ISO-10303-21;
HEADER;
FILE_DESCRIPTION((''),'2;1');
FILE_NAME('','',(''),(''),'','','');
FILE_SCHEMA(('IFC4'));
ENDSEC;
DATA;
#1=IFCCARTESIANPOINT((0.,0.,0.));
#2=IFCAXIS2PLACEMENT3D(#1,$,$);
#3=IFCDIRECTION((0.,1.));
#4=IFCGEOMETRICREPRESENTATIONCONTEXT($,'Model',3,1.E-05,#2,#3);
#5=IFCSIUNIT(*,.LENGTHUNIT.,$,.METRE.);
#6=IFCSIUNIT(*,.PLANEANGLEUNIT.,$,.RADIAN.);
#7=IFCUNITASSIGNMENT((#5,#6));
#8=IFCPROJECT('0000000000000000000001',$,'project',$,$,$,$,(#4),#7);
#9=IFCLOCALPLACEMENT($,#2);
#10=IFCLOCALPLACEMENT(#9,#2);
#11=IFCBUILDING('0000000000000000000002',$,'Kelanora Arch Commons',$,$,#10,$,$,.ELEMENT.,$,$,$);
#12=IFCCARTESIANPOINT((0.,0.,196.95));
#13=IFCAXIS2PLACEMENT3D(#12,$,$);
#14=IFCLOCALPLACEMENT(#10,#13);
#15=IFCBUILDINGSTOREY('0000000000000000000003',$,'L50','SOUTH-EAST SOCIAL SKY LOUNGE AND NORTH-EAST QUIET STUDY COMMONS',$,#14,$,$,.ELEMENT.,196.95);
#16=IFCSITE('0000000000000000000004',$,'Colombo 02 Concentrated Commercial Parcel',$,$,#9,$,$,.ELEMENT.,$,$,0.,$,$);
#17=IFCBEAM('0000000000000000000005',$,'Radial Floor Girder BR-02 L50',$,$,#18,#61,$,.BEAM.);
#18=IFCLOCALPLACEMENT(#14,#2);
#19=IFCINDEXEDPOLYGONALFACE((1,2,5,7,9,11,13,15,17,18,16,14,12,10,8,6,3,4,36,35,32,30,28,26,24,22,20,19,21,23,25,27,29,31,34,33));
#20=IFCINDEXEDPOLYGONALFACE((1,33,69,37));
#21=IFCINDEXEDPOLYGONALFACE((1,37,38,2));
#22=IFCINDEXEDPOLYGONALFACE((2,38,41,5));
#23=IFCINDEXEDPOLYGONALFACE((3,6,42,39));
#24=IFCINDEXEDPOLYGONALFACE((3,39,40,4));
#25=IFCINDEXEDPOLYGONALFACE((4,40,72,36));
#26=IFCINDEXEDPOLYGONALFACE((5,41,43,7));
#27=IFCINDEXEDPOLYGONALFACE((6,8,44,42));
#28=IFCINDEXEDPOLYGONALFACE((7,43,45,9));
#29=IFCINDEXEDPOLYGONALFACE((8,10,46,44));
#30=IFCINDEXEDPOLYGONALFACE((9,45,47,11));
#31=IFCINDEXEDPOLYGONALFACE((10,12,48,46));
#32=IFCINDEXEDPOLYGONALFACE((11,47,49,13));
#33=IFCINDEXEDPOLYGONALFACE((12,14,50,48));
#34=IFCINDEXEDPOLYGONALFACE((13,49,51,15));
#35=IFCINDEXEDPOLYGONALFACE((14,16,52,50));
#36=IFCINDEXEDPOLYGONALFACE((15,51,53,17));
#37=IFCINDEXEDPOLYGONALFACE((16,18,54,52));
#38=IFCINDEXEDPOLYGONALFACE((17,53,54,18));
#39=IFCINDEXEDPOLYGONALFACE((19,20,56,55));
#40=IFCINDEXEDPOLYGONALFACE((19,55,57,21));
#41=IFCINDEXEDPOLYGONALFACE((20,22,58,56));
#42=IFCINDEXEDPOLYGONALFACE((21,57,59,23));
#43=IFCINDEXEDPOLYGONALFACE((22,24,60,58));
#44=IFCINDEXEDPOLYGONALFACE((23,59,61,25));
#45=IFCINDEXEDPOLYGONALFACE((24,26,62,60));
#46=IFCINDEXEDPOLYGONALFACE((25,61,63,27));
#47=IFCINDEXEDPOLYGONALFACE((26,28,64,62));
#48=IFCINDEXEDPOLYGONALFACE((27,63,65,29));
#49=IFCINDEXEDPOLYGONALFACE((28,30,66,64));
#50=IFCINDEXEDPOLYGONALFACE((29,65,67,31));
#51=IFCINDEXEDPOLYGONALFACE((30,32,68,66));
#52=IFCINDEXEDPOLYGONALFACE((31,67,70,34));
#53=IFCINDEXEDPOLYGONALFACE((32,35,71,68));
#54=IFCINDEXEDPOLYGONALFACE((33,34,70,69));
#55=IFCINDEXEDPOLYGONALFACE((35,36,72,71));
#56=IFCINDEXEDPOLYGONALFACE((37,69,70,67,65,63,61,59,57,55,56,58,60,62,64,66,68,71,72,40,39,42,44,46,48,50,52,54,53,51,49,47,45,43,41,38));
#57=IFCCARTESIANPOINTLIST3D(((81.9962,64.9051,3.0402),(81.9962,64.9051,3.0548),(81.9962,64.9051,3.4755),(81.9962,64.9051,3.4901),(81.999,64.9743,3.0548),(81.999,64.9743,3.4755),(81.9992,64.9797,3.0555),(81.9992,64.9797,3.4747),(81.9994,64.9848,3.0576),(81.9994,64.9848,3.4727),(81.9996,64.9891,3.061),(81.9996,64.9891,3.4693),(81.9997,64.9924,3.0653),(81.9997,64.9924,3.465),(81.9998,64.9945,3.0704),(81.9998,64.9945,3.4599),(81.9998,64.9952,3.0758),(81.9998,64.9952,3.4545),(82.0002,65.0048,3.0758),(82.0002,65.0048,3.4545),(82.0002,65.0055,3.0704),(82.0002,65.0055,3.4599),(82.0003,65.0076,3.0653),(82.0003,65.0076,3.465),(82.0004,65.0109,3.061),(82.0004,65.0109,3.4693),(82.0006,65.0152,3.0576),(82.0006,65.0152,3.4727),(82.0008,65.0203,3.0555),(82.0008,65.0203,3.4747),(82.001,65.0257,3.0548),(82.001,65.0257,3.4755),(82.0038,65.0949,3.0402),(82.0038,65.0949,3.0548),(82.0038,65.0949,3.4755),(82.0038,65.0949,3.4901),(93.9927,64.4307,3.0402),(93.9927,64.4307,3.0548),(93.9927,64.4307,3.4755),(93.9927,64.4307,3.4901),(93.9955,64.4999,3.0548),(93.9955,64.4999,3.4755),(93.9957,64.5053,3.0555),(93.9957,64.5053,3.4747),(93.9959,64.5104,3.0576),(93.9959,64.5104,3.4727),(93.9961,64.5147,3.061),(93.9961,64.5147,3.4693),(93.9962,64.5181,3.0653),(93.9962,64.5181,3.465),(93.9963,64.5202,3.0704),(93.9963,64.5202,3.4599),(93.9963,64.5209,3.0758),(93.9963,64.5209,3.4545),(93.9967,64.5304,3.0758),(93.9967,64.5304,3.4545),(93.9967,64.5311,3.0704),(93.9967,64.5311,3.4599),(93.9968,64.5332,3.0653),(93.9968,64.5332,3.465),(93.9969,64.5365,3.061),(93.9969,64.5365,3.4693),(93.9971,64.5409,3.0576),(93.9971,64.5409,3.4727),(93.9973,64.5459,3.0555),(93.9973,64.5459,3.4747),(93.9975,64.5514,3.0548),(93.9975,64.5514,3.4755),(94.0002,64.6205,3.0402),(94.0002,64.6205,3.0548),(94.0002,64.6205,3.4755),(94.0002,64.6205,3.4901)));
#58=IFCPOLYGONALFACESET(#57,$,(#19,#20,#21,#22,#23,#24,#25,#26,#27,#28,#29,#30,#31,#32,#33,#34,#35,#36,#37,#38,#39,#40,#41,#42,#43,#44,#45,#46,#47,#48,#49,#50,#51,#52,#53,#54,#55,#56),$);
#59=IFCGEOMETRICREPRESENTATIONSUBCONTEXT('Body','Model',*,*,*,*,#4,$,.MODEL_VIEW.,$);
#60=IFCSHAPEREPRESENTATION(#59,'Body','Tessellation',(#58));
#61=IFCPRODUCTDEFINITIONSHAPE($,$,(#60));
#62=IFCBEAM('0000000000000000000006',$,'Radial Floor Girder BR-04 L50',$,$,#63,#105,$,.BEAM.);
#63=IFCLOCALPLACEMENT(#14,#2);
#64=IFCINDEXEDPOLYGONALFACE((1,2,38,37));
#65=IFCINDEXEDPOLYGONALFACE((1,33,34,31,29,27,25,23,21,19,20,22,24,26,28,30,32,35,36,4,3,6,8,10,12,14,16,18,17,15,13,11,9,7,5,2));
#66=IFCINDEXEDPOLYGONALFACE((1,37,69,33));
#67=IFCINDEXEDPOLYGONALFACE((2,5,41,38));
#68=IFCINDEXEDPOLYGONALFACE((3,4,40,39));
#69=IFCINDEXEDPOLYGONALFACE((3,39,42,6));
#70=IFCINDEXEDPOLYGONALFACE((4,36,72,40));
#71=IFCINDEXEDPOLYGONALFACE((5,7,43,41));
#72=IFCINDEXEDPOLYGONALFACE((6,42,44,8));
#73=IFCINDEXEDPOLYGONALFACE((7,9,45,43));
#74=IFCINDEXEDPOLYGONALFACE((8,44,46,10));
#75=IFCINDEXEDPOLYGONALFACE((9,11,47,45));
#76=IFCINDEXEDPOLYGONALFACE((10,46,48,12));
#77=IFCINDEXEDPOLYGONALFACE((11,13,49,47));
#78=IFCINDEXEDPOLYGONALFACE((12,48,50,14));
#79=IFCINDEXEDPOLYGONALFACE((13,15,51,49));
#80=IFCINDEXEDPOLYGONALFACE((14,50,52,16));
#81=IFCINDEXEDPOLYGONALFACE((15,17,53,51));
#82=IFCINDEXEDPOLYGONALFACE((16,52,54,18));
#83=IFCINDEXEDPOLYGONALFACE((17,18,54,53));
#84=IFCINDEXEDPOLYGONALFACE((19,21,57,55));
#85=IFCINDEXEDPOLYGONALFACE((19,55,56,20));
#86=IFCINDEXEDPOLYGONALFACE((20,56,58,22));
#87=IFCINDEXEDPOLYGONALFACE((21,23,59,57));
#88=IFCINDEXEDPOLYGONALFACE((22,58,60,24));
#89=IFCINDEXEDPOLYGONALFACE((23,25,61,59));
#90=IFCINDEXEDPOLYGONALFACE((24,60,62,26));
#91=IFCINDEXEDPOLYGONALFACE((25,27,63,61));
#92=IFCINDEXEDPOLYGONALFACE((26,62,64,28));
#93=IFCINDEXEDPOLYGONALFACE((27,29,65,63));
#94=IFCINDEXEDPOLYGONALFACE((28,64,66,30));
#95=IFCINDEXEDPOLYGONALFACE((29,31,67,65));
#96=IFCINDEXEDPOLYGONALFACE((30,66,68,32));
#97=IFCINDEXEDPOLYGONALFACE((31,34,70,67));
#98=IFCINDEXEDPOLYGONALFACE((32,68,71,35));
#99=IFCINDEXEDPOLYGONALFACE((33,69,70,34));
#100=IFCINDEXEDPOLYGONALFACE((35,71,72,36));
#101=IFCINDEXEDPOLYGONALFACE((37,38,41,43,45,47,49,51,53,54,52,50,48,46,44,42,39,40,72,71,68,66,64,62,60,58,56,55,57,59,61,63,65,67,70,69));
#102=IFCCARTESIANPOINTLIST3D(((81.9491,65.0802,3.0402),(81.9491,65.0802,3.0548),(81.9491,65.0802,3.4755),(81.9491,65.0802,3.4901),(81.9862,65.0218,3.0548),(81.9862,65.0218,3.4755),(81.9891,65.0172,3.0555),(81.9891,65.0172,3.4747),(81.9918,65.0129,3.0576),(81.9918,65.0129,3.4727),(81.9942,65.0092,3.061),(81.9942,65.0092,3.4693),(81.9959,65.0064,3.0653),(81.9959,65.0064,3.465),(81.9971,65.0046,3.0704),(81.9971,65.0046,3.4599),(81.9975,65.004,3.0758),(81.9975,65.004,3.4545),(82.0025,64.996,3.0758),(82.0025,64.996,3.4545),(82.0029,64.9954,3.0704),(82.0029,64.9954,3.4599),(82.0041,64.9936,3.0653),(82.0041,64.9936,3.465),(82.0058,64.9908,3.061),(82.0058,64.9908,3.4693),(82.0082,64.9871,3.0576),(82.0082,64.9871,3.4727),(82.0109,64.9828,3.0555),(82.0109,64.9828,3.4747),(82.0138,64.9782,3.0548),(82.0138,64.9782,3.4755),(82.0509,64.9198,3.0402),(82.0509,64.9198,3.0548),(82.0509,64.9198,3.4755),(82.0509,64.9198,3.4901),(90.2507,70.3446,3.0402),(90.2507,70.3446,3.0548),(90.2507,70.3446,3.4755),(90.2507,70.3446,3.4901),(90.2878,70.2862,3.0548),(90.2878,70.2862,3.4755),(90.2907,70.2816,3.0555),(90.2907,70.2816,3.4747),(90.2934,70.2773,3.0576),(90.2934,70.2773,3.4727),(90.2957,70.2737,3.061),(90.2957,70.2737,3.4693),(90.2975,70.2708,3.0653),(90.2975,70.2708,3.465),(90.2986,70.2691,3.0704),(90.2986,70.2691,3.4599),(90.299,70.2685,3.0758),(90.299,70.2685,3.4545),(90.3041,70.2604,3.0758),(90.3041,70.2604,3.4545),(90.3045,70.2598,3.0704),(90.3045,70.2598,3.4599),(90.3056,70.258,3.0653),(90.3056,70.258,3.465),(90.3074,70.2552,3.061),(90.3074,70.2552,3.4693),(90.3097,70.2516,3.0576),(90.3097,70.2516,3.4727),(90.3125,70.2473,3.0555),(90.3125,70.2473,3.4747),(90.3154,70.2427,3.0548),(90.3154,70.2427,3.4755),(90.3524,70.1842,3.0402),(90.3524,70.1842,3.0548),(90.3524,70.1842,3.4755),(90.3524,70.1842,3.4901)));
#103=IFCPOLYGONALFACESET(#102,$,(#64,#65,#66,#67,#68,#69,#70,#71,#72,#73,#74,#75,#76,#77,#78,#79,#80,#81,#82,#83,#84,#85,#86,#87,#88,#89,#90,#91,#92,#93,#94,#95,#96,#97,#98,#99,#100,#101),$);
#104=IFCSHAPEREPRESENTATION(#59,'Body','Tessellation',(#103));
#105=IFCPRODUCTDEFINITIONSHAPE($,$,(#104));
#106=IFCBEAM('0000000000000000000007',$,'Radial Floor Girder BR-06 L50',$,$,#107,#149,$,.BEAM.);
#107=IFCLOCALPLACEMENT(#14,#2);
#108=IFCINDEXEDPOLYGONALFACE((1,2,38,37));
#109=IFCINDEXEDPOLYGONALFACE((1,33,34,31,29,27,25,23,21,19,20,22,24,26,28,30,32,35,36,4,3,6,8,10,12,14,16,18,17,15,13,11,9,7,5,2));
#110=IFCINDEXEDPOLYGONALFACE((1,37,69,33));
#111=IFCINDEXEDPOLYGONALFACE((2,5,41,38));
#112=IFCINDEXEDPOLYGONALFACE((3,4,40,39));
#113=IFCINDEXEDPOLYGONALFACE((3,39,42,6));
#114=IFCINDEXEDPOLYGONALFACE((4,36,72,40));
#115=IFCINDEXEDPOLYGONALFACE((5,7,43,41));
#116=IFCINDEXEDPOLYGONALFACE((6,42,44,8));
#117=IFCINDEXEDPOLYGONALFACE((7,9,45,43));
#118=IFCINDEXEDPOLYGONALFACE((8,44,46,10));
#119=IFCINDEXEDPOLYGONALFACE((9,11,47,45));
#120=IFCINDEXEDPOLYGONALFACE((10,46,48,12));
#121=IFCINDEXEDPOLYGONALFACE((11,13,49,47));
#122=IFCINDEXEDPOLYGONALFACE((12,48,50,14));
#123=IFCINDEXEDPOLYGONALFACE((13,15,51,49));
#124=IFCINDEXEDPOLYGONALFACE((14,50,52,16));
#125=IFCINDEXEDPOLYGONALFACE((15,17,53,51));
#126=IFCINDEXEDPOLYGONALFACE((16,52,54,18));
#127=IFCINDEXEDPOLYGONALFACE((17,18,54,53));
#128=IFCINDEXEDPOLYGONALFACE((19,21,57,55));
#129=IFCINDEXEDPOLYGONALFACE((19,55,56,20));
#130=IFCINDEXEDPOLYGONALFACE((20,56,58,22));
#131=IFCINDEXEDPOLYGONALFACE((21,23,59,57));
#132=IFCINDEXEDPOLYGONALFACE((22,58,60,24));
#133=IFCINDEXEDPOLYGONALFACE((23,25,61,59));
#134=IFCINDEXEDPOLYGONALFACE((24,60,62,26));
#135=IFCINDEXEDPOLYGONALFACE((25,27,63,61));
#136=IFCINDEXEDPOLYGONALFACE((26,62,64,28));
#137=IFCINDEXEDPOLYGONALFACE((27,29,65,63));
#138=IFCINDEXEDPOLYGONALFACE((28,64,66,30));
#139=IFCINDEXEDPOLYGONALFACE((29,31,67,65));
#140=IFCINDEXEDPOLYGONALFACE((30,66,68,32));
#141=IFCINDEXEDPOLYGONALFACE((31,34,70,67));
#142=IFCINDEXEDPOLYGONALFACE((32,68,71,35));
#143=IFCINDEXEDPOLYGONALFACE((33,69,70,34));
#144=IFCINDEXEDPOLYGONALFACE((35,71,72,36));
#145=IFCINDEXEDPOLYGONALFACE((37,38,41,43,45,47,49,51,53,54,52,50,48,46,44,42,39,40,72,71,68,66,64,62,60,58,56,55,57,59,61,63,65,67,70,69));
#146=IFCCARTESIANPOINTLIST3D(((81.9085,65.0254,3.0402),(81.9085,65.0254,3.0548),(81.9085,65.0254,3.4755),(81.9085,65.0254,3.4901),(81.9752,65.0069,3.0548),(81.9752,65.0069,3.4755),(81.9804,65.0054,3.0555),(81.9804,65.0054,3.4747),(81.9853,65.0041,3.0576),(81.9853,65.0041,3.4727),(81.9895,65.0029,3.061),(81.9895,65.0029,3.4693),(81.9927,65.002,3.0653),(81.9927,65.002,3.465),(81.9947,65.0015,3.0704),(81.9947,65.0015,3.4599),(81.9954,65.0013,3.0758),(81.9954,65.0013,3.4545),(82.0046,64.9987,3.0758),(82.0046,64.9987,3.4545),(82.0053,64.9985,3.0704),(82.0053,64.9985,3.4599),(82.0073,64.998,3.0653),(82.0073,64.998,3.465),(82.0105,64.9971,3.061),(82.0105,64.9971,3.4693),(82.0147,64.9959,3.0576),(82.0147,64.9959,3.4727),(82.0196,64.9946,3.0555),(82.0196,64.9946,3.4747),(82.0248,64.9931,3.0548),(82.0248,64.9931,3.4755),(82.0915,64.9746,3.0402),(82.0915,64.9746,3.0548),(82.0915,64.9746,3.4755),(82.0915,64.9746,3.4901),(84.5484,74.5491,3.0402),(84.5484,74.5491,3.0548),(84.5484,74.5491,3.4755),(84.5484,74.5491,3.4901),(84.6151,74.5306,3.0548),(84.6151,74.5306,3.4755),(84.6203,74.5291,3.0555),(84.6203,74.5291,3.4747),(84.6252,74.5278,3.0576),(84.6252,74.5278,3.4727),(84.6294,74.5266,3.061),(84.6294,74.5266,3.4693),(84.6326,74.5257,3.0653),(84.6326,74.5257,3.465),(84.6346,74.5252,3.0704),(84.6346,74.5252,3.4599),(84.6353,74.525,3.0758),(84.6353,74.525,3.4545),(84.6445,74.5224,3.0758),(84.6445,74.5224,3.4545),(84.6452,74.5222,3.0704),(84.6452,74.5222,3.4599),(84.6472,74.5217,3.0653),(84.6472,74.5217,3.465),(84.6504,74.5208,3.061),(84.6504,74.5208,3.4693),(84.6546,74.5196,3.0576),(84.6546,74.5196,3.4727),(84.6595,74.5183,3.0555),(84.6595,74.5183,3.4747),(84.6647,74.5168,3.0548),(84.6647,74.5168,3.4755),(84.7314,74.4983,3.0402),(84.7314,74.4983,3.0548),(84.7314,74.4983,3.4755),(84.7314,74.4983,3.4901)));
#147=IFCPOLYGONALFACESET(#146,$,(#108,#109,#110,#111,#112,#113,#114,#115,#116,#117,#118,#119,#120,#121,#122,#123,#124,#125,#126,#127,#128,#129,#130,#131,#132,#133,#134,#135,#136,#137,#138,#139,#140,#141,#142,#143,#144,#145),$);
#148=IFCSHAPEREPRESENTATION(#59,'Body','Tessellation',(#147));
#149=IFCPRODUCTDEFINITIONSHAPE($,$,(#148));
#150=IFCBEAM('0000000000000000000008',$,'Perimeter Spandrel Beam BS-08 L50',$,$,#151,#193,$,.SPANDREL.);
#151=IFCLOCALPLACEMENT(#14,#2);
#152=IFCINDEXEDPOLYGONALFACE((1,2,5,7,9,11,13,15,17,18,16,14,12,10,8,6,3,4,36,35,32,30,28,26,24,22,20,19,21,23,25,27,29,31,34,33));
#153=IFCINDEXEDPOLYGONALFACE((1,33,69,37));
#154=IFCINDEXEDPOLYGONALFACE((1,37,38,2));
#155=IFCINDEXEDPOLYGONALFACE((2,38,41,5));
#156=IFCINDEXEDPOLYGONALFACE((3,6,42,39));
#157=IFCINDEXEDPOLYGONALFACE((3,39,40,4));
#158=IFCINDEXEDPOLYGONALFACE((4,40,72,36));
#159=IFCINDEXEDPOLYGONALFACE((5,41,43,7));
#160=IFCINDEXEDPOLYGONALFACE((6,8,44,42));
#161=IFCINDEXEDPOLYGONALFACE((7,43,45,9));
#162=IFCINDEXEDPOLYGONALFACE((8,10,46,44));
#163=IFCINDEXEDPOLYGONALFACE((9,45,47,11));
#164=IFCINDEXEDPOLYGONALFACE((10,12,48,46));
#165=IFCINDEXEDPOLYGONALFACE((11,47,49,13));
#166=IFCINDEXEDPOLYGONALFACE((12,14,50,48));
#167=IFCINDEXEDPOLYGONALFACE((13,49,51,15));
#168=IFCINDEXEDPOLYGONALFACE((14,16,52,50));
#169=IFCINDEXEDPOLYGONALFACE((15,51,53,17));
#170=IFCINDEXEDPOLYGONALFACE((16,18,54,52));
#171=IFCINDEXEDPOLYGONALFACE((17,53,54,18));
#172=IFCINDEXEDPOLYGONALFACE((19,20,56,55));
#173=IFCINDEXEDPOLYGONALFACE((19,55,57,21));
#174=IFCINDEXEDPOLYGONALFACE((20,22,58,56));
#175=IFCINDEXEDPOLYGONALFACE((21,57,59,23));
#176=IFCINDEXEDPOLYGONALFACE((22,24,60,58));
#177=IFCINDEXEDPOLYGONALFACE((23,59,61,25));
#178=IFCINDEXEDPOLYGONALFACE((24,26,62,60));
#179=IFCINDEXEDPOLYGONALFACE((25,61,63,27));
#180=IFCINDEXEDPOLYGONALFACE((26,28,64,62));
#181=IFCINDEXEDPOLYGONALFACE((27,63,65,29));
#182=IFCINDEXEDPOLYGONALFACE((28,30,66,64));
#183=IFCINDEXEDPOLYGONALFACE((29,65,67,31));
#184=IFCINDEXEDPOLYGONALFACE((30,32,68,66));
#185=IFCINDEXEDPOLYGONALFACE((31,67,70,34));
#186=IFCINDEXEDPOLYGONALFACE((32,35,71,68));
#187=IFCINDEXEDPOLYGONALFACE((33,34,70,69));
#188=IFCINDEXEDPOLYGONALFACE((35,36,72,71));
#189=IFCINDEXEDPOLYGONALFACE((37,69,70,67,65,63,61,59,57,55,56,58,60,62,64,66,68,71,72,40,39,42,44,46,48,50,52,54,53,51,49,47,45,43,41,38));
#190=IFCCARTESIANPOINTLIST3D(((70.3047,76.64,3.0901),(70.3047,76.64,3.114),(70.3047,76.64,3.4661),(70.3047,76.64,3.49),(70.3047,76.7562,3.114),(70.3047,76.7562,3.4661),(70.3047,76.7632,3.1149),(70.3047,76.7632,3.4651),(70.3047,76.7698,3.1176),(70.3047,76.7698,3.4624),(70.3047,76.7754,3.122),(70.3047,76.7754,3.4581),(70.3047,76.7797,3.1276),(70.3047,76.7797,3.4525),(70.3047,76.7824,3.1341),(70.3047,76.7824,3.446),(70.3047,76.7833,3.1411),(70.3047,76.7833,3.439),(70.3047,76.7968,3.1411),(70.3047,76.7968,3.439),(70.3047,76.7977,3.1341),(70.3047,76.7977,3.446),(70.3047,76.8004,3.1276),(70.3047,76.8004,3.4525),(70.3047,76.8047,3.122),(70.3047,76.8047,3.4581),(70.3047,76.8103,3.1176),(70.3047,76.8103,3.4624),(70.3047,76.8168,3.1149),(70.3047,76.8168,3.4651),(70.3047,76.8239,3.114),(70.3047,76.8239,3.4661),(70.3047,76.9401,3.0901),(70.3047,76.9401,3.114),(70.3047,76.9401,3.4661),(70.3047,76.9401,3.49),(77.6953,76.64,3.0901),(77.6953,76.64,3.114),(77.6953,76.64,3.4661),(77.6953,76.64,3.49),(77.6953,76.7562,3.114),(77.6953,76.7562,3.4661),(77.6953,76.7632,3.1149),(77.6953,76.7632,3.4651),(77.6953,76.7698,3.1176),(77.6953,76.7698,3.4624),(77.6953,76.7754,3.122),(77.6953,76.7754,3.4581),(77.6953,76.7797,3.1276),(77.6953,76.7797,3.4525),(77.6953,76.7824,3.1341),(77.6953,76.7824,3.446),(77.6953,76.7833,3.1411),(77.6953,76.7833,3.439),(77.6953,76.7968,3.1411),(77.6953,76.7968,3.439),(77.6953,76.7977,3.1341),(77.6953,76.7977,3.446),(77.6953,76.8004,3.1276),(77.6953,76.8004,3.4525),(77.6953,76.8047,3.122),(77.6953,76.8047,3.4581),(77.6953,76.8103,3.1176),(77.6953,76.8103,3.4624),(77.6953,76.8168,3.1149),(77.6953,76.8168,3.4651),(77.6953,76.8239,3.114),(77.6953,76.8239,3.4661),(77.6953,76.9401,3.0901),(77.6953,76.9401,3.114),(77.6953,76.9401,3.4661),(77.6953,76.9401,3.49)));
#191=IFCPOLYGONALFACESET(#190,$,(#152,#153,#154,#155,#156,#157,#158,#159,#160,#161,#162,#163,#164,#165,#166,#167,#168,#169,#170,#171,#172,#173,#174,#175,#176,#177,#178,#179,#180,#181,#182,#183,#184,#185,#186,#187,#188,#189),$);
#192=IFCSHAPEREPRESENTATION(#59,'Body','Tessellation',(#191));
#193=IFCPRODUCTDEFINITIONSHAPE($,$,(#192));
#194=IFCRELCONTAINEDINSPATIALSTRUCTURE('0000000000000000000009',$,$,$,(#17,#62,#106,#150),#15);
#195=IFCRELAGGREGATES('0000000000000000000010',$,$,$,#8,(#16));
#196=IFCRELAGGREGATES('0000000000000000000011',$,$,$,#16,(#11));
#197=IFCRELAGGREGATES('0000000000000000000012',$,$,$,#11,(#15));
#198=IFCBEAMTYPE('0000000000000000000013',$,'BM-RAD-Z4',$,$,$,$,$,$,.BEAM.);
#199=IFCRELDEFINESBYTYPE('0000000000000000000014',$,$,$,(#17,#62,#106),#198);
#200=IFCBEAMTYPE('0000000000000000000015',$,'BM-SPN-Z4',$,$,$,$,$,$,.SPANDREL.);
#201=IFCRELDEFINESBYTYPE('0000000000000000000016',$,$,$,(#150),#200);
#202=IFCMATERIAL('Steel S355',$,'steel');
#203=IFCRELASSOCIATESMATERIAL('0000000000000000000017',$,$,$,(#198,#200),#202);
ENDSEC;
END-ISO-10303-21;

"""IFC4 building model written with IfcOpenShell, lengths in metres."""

from ifc_helpers import new_model, si_unit, direction, frame, origin, origin_2d, place, context, subcontext, project, spatial, i_section, extrude, material, material_profile, profile_set, type_object, element, save


model = new_model("IFC4")

# Units and contexts
model_context = context("Model", 3, precision=1e-05, world=origin(), true_north=direction((0.0, 1.0)))
body_context = subcontext(model_context, "Body", "Model", "MODEL_VIEW")
ifc_project = project(units=[si_unit("LENGTHUNIT", "METRE"), si_unit("PLANEANGLEUNIT", "RADIAN")], contexts=[model_context])

# Site, building, storey
site_placement = place(None, origin())
site = spatial("IfcSite", under=ifc_project, at=site_placement, Name="Colombo 02 Concentrated Commercial Parcel", CompositionType="ELEMENT", RefElevation=0.0)
building_placement = place(site_placement, origin())
building = spatial("IfcBuilding", under=site, at=building_placement, Name="Kelanora Arch Commons", CompositionType="ELEMENT")
storey_placement = place(building_placement, frame((0.0, 0.0, 196.95)))
storey = spatial("IfcBuildingStorey", under=building, at=storey_placement, Name="L50", Description="SOUTH-EAST SOCIAL SKY LOUNGE AND NORTH-EAST QUIET STUDY COMMONS", CompositionType="ELEMENT", Elevation=196.95)

# Beams
ifc_material_1 = material(Name="Steel S355", Category="steel")
ifc_material_profile_1 = material_profile(ifc_material_1, i_section(OverallWidth=0.1899, OverallDepth=0.45, WebThickness=0.0095, FlangeThickness=0.0146, FilletRadius=0.021, at=origin_2d()), Name="IPE450")
ifc_profile_set_1 = profile_set([ifc_material_profile_1], Name="Steel S355")
beam_type_1 = type_object("IfcBeamType", Name="BM-RAD-Z4", PredefinedType="BEAM", material=ifc_profile_set_1)
beam_1_placement = place(storey_placement, frame((82.0, 65.0, 3.2651), z_axis=(0.999219, -0.039511, 0.0), x_axis=(0.039511, 0.999219, 0.0)))
element("IfcBeam", 1, at=beam_1_placement, inside=storey, type_object=beam_type_1, Name="Radial Floor Girder BR-02 L50", PredefinedType="BEAM", context=body_context, shape_type="SweptSolid", body=[
    extrude(i_section(OverallWidth=0.1899, OverallDepth=0.45, WebThickness=0.0095, FlangeThickness=0.0146, FilletRadius=0.021, at=origin_2d()), origin(), (0.0, 0.0, 1.0), 12.0059),
])
beam_2_placement = place(storey_placement, frame((82.0, 65.0, 3.2651), z_axis=(0.844507, 0.535544, 0.0), x_axis=(-0.535544, 0.844507, 0.0)))
element("IfcBeam", 2, at=beam_2_placement, inside=storey, type_object=beam_type_1, Name="Radial Floor Girder BR-04 L50", PredefinedType="BEAM", context=body_context, shape_type="SweptSolid", body=[
    extrude(i_section(OverallWidth=0.1899, OverallDepth=0.45, WebThickness=0.0095, FlangeThickness=0.0146, FilletRadius=0.021, at=origin_2d()), origin(), (0.0, 0.0, 1.0), 9.8301),
])
beam_3_placement = place(storey_placement, frame((82.0, 65.0, 3.2651), z_axis=(0.26712, 0.963663, 0.0), x_axis=(-0.963663, 0.26712, 0.0)))
element("IfcBeam", 3, at=beam_3_placement, inside=storey, type_object=beam_type_1, Name="Radial Floor Girder BR-06 L50", PredefinedType="BEAM", context=body_context, shape_type="SweptSolid", body=[
    extrude(i_section(OverallWidth=0.1899, OverallDepth=0.45, WebThickness=0.0095, FlangeThickness=0.0146, FilletRadius=0.021, at=origin_2d()), origin(), (0.0, 0.0, 1.0), 9.8828),
])
ifc_material_profile_2 = material_profile(ifc_material_1, i_section(OverallWidth=0.3, OverallDepth=0.3999, WebThickness=0.0134, FlangeThickness=0.0239, FilletRadius=0.0271, at=origin_2d()), Name="HEB400")
ifc_profile_set_2 = profile_set([ifc_material_profile_2], Name="Steel S355")
beam_type_2 = type_object("IfcBeamType", Name="BM-SPN-Z4", PredefinedType="SPANDREL", material=ifc_profile_set_2)
beam_4_placement = place(storey_placement, frame((77.6953, 76.79, 3.29), z_axis=(-1.0, 0.0, 0.0), x_axis=(0.0, -1.0, 0.0)))
element("IfcBeam", 4, at=beam_4_placement, inside=storey, type_object=beam_type_2, Name="Perimeter Spandrel Beam BS-08 L50", PredefinedType="SPANDREL", context=body_context, shape_type="SweptSolid", body=[
    extrude(i_section(OverallWidth=0.3, OverallDepth=0.3999, WebThickness=0.0134, FlangeThickness=0.0239, FilletRadius=0.0271, at=origin_2d()), origin(), (0.0, 0.0, 1.0), 7.3906),
])

save(model, "model.ifc")
